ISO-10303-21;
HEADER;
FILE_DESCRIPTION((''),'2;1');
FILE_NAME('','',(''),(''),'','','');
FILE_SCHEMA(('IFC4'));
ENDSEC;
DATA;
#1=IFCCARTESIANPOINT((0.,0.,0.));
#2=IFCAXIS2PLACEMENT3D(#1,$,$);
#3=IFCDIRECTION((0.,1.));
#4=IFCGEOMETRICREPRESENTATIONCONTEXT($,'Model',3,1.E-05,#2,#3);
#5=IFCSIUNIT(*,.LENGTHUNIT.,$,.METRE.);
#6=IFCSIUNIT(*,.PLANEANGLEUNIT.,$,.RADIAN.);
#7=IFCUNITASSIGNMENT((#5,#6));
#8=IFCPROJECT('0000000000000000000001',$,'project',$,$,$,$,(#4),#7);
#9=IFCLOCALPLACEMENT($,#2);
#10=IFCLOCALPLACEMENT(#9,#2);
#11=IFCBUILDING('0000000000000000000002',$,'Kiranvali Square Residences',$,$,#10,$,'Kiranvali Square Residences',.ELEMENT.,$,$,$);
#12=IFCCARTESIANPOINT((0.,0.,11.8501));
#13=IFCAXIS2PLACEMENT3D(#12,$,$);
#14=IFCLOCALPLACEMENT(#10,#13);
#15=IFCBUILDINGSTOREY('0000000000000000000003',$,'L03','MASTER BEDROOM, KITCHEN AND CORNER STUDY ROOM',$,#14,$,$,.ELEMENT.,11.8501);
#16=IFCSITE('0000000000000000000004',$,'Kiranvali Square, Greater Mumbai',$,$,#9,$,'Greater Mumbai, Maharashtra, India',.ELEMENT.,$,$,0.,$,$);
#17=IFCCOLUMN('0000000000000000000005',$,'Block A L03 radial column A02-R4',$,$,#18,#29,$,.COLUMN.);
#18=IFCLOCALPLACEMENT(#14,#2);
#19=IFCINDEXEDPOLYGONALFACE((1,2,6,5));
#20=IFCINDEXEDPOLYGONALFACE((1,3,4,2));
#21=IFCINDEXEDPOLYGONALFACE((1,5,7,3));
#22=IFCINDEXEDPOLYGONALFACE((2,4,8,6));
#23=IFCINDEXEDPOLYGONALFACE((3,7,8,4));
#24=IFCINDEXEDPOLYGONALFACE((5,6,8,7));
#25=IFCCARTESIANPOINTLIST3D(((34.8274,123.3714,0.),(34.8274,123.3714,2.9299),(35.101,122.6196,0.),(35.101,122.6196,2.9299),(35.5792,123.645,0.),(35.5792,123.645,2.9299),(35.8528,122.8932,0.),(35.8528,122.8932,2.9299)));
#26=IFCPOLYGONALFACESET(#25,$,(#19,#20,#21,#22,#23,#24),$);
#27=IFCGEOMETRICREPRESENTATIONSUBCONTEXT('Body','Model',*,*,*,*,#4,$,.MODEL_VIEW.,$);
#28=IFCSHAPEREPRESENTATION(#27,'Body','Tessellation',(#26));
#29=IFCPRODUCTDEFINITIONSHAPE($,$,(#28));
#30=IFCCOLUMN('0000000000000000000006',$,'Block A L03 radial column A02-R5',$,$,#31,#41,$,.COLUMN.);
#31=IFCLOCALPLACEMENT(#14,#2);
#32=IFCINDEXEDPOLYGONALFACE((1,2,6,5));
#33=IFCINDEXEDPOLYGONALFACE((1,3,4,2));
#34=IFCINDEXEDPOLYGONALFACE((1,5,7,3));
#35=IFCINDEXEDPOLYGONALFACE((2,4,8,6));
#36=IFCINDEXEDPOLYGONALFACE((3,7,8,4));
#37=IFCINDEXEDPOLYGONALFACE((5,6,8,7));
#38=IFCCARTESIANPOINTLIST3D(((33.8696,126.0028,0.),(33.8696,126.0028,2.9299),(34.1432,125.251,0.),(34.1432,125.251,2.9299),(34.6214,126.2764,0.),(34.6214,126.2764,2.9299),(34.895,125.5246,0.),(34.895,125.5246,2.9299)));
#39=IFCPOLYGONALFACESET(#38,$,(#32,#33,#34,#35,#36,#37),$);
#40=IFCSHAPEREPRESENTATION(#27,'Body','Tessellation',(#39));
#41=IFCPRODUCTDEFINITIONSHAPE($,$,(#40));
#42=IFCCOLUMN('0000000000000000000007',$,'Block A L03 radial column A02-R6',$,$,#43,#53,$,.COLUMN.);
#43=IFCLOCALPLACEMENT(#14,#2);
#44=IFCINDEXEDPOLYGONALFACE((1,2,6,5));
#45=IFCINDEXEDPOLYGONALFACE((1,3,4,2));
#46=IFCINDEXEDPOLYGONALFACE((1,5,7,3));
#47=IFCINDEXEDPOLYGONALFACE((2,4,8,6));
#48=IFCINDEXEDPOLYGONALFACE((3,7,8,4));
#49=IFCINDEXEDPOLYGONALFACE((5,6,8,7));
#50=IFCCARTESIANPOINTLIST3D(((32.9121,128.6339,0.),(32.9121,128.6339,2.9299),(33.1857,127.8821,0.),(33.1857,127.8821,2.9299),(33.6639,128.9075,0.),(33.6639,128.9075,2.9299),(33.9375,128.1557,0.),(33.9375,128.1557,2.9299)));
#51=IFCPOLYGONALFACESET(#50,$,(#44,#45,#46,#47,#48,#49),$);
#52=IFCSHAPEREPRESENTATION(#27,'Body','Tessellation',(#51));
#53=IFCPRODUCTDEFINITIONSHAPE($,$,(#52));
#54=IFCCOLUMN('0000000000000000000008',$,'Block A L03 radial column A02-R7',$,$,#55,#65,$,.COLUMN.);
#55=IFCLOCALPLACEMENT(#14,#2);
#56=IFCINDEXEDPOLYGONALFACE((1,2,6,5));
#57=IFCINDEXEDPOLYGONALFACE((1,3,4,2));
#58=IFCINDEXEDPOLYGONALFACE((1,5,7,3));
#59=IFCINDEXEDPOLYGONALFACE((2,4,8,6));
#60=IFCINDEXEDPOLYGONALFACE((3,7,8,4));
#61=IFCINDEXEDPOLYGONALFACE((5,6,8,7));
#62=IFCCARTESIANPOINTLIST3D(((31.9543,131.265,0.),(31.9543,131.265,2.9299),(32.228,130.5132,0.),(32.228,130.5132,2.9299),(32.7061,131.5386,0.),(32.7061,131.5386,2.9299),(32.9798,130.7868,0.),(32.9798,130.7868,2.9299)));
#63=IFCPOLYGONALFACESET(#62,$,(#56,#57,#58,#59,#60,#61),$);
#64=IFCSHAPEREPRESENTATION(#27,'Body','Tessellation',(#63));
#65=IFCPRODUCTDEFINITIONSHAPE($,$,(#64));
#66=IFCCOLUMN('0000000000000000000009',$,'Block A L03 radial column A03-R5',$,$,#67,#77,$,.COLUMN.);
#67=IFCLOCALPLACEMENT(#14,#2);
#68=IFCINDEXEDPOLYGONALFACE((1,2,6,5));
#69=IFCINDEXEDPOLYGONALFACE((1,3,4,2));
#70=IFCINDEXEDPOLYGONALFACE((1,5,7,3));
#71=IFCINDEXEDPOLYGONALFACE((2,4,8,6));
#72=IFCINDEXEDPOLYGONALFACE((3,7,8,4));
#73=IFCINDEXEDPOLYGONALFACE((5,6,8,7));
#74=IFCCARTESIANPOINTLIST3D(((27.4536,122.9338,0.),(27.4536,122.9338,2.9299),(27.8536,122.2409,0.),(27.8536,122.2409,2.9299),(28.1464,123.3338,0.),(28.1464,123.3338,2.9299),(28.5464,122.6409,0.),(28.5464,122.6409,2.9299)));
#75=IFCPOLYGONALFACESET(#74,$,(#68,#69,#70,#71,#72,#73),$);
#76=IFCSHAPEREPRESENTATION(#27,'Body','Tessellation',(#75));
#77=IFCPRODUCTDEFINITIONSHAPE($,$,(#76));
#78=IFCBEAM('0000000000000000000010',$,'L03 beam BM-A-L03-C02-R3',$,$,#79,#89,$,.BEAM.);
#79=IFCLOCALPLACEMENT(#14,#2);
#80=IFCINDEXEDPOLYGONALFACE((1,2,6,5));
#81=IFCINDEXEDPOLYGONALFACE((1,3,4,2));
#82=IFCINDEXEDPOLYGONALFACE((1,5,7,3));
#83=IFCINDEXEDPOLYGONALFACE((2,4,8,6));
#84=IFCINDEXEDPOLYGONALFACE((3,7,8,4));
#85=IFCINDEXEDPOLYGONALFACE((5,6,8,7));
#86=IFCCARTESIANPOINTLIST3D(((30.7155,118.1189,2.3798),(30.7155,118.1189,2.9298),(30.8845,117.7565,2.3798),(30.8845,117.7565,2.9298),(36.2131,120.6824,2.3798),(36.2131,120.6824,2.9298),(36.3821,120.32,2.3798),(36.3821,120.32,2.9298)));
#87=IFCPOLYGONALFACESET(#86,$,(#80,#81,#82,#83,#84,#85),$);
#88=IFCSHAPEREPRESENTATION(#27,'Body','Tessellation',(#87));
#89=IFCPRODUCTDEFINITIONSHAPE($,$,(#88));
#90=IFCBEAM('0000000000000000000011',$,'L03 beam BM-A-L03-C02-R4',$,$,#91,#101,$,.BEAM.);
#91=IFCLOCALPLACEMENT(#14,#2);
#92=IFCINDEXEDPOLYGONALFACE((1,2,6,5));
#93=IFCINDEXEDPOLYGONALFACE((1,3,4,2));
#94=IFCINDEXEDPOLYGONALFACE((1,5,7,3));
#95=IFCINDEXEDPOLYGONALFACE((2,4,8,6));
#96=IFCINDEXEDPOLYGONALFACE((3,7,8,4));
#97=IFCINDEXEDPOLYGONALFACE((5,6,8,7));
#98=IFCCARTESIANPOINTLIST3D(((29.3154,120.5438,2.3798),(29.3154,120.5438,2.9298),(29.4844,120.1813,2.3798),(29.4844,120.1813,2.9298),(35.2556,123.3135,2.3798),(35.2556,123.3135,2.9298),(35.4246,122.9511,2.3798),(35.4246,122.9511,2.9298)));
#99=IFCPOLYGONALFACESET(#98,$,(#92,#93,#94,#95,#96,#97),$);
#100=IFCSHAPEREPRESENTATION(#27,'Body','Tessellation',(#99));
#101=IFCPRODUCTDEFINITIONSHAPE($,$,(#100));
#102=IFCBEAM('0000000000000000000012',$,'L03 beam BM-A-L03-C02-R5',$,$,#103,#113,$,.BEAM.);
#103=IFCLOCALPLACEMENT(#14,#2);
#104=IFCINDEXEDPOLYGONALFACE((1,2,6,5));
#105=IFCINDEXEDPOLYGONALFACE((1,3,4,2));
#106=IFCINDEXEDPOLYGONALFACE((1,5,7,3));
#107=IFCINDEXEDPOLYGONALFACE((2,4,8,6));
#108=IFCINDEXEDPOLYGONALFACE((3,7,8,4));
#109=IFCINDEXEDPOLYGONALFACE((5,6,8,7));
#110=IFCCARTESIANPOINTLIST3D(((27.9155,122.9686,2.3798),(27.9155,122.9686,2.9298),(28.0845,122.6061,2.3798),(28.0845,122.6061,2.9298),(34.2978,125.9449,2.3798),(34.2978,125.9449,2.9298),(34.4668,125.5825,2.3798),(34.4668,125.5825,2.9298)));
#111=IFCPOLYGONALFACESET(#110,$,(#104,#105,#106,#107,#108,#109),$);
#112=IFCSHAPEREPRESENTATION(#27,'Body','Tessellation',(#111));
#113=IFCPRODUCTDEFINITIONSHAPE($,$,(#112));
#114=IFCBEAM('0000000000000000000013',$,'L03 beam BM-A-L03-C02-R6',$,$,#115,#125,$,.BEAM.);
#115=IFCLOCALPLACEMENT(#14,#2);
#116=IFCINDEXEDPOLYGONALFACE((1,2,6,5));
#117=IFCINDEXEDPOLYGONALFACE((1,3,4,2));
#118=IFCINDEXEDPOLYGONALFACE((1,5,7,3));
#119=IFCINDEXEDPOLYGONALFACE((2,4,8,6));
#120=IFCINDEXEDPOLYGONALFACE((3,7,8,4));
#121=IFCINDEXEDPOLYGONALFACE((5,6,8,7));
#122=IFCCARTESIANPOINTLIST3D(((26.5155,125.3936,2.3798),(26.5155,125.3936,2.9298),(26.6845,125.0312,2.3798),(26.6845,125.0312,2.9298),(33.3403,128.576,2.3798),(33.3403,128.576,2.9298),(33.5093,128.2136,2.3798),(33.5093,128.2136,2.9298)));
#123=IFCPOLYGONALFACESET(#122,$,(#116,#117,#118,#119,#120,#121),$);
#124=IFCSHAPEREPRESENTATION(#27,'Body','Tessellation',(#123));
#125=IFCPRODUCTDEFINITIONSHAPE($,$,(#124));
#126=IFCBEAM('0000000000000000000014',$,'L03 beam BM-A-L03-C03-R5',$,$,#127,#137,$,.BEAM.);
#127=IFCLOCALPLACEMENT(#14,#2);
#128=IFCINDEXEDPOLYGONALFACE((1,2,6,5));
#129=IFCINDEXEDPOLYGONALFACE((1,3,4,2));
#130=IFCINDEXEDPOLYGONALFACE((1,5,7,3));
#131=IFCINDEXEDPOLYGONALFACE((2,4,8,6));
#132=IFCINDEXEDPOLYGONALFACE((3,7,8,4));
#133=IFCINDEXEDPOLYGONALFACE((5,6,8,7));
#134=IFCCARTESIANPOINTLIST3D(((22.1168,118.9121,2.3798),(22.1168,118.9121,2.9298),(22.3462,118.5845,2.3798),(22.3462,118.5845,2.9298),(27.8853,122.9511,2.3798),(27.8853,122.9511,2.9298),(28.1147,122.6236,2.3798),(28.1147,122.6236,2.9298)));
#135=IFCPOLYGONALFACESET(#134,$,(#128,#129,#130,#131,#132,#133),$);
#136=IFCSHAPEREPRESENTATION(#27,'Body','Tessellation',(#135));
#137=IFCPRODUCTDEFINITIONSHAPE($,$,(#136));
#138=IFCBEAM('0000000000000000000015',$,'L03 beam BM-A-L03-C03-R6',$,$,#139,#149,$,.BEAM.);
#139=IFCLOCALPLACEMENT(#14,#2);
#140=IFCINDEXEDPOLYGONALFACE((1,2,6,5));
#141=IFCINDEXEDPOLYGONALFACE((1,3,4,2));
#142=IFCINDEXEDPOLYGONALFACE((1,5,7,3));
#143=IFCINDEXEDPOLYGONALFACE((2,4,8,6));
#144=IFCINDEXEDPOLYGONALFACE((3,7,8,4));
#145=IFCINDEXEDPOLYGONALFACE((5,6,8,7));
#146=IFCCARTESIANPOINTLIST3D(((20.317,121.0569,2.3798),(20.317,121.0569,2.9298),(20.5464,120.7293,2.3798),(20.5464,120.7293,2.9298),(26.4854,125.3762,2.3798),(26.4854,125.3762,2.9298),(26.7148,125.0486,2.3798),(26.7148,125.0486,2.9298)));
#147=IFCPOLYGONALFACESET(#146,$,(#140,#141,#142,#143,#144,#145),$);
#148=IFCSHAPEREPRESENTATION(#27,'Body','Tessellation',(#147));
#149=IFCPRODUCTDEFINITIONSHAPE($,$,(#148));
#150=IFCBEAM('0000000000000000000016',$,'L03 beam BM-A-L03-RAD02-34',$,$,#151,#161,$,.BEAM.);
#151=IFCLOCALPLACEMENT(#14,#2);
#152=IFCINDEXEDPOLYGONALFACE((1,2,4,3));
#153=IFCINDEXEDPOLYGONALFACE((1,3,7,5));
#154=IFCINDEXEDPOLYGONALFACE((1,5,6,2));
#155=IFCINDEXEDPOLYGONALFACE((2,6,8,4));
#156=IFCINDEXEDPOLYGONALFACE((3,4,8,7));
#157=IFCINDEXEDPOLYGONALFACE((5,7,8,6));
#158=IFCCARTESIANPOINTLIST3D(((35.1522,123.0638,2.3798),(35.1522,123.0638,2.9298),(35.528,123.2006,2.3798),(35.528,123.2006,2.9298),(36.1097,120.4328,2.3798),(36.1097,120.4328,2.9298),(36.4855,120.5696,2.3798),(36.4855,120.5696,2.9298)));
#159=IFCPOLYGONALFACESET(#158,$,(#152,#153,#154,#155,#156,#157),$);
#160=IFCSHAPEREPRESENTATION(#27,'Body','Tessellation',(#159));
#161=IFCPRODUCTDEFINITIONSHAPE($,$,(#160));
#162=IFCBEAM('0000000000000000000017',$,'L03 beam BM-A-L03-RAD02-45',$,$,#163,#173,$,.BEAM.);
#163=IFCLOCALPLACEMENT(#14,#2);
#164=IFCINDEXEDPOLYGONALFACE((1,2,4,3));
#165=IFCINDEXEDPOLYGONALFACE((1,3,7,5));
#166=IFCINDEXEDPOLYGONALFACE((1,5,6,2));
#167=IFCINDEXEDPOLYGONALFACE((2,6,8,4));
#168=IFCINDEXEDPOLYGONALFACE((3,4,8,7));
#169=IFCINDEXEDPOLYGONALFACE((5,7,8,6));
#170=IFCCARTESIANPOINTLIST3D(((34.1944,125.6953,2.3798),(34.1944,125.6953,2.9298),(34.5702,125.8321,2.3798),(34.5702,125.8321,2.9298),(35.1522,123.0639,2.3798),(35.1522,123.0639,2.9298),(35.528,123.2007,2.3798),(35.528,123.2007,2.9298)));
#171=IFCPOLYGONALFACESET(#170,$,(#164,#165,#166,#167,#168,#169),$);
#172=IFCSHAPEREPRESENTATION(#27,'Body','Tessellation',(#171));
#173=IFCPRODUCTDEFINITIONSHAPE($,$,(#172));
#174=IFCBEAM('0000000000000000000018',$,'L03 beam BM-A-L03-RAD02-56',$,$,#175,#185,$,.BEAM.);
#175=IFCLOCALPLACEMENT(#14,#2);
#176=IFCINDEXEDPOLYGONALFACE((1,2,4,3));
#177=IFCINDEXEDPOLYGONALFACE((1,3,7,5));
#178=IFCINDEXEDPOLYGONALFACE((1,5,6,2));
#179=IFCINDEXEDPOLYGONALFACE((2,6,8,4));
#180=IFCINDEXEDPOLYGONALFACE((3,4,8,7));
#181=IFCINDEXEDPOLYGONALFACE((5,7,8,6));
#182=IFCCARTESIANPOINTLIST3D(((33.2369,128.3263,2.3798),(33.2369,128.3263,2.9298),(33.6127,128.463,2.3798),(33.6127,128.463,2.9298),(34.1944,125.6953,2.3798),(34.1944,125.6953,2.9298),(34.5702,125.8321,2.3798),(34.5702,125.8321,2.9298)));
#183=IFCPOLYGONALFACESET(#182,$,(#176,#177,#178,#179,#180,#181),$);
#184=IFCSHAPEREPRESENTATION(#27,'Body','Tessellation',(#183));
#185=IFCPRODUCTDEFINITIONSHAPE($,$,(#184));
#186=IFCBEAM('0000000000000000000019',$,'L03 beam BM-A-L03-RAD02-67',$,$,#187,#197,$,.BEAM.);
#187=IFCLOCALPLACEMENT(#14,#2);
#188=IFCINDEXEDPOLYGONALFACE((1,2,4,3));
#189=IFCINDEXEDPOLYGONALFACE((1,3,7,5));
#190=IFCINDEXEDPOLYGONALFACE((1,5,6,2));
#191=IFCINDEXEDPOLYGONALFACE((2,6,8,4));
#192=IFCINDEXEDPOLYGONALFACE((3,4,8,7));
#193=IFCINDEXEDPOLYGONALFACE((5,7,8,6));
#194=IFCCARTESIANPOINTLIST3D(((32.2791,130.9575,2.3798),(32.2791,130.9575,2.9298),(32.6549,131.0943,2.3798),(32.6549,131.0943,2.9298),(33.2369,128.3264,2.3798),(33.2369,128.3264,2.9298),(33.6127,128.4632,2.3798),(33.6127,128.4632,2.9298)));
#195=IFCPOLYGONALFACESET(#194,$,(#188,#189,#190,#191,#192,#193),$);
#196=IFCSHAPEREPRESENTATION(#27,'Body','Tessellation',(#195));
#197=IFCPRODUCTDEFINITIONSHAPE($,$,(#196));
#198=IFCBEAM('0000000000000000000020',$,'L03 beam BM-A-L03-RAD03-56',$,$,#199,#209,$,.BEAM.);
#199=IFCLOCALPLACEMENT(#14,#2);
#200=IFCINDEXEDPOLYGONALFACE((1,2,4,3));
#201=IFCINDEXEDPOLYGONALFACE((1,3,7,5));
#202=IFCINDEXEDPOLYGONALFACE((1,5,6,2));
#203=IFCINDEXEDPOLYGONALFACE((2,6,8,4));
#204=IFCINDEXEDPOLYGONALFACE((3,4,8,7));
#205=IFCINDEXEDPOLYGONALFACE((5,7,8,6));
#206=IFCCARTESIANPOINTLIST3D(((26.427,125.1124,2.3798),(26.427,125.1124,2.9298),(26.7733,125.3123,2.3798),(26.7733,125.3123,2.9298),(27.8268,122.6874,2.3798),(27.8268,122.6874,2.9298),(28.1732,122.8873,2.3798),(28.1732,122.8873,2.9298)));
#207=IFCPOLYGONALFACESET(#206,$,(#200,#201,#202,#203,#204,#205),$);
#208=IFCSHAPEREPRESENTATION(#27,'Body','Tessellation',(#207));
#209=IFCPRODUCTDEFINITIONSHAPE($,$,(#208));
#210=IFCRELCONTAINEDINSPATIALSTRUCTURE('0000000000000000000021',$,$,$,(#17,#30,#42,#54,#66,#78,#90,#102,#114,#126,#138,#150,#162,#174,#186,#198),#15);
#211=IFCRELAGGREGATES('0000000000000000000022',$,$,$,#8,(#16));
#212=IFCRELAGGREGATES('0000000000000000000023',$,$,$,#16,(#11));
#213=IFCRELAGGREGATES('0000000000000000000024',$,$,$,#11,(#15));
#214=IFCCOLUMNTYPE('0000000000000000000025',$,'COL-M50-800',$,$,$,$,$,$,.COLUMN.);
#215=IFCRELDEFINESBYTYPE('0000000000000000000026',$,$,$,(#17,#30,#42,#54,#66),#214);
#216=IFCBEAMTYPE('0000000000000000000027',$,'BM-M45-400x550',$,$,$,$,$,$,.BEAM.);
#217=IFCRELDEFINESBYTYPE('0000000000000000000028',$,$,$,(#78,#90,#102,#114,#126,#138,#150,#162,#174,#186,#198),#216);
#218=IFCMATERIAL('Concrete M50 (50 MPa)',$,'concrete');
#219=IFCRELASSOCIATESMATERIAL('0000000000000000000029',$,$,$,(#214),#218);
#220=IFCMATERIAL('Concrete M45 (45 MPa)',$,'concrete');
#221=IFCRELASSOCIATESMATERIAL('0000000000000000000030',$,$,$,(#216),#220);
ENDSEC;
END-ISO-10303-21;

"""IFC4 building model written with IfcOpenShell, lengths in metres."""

from ifc_helpers import new_model, si_unit, direction, frame, origin, origin_2d, place, context, subcontext, project, spatial, rectangle, extrude, material, material_profile, profile_set, type_object, element, save


model = new_model("IFC4")

# Units and contexts
model_context = context("Model", 3, precision=1e-05, world=origin(), true_north=direction((0.0, 1.0)))
body_context = subcontext(model_context, "Body", "Model", "MODEL_VIEW")
ifc_project = project(units=[si_unit("LENGTHUNIT", "METRE"), si_unit("PLANEANGLEUNIT", "RADIAN")], contexts=[model_context])

# Site, building, storey
site_placement = place(None, origin())
site = spatial("IfcSite", under=ifc_project, at=site_placement, Name="Kiranvali Square, Greater Mumbai", LongName="Greater Mumbai, Maharashtra, India", CompositionType="ELEMENT", RefElevation=0.0)
building_placement = place(site_placement, origin())
building = spatial("IfcBuilding", under=site, at=building_placement, Name="Kiranvali Square Residences", LongName="Kiranvali Square Residences", CompositionType="ELEMENT")
storey_placement = place(building_placement, frame((0.0, 0.0, 11.8501)))
storey = spatial("IfcBuildingStorey", under=building, at=storey_placement, Name="L03", Description="MASTER BEDROOM, KITCHEN AND CORNER STUDY ROOM", CompositionType="ELEMENT", Elevation=11.8501)

# Columns
ifc_material_1 = material(Name="Concrete M50 (50 MPa)", Category="concrete")
ifc_material_profile_1 = material_profile(ifc_material_1, rectangle(XDim=0.8, YDim=0.8, at=origin_2d()), Name="RC 800x800")
ifc_profile_set_1 = profile_set([ifc_material_profile_1], Name="Concrete M50 (50 MPa)")
column_type = type_object("IfcColumnType", Name="COL-M50-800", PredefinedType="COLUMN", material=ifc_profile_set_1)
for number, where, z_axis, x_axis, name in (
    (1, (35.3401, 123.1323, 0.0), (0.0, 0.0, 1.0), (0.939693, 0.34202, 0.0), "Block A L03 radial column A02-R4"),
    (2, (34.3823, 125.7637, 0.0), (0.0, 0.0, 1.0), (0.939693, 0.34202, 0.0), "Block A L03 radial column A02-R5"),
    (3, (33.4248, 128.3948, 0.0), (0.0, 0.0, 1.0), (0.939693, 0.34202, 0.0), "Block A L03 radial column A02-R6"),
    (4, (32.467, 131.0259, 0.0), (0.0, 0.0, 1.0), (0.939693, 0.34202, 0.0), "Block A L03 radial column A02-R7"),
    (5, (28.0, 122.7874, 0.0), (0.0, 0.0, 1.0), (0.866025, 0.5, 0.0), "Block A L03 radial column A03-R5"),
):
    element("IfcColumn", number, at=place(storey_placement, frame(where, z_axis=z_axis, x_axis=x_axis)), inside=storey, type_object=column_type, Name=name, PredefinedType="COLUMN", context=body_context, shape_type="SweptSolid", body=[
        extrude(rectangle(XDim=0.8, YDim=0.8, at=origin_2d()), origin(), (0.0, 0.0, 1.0), 2.9299),
    ])

# Beams
ifc_material_2 = material(Name="Concrete M45 (45 MPa)", Category="concrete")
ifc_material_profile_2 = material_profile(ifc_material_2, rectangle(XDim=0.3999, YDim=0.55, at=origin_2d()), Name="RC 400x550")
ifc_profile_set_2 = profile_set([ifc_material_profile_2], Name="Concrete M45 (45 MPa)")
beam_type_1 = type_object("IfcBeamType", Name="BM-M45-400x550", PredefinedType="BEAM", material=ifc_profile_set_2)
beam_1_placement = place(storey_placement, frame((36.2976, 120.5012, 2.6548), z_axis=(-0.906313, -0.422608, 0.0), x_axis=(0.422608, -0.906313, 0.0)))
element("IfcBeam", 6, at=beam_1_placement, inside=storey, type_object=beam_type_1, Name="L03 beam BM-A-L03-C02-R3", PredefinedType="BEAM", context=body_context, shape_type="SweptSolid", body=[
    extrude(rectangle(XDim=0.3999, YDim=0.55, at=origin_2d()), origin(), (0.0, 0.0, 1.0), 6.0659),
])
beam_2_placement = place(storey_placement, frame((35.3401, 123.1323, 2.6548), z_axis=(-0.906318, -0.422596, 0.0), x_axis=(0.422596, -0.906318, 0.0)))
element("IfcBeam", 7, at=beam_2_placement, inside=storey, type_object=beam_type_1, Name="L03 beam BM-A-L03-C02-R4", PredefinedType="BEAM", context=body_context, shape_type="SweptSolid", body=[
    extrude(rectangle(XDim=0.3999, YDim=0.55, at=origin_2d()), origin(), (0.0, 0.0, 1.0), 6.5542),
])
beam_3_placement = place(storey_placement, frame((34.3823, 125.7637, 2.6548), z_axis=(-0.906297, -0.422641, 0.0), x_axis=(0.422641, -0.906297, 0.0)))
element("IfcBeam", 8, at=beam_3_placement, inside=storey, type_object=beam_type_1, Name="L03 beam BM-A-L03-C02-R5", PredefinedType="BEAM", context=body_context, shape_type="SweptSolid", body=[
    extrude(rectangle(XDim=0.3999, YDim=0.55, at=origin_2d()), origin(), (0.0, 0.0, 1.0), 7.0422),
])
beam_4_placement = place(storey_placement, frame((33.4248, 128.3948, 2.6548), z_axis=(-0.90631, -0.422614, 0.0), x_axis=(0.422614, -0.90631, 0.0)))
element("IfcBeam", 9, at=beam_4_placement, inside=storey, type_object=beam_type_1, Name="L03 beam BM-A-L03-C02-R6", PredefinedType="BEAM", context=body_context, shape_type="SweptSolid", body=[
    extrude(rectangle(XDim=0.3999, YDim=0.55, at=origin_2d()), origin(), (0.0, 0.0, 1.0), 7.5303),
])
beam_5_placement = place(storey_placement, frame((28.0, 122.7874, 2.6548), z_axis=(-0.81916, -0.573565, 0.0), x_axis=(0.573565, -0.81916, 0.0)))
element("IfcBeam", 10, at=beam_5_placement, inside=storey, type_object=beam_type_1, Name="L03 beam BM-A-L03-C03-R5", PredefinedType="BEAM", context=body_context, shape_type="SweptSolid", body=[
    extrude(rectangle(XDim=0.3999, YDim=0.55, at=origin_2d()), origin(), (0.0, 0.0, 1.0), 7.042),
])
beam_6_placement = place(storey_placement, frame((26.6001, 125.2124, 2.6548), z_axis=(-0.819144, -0.573589, 0.0), x_axis=(0.573589, -0.819144, 0.0)))
element("IfcBeam", 11, at=beam_6_placement, inside=storey, type_object=beam_type_1, Name="L03 beam BM-A-L03-C03-R6", PredefinedType="BEAM", context=body_context, shape_type="SweptSolid", body=[
    extrude(rectangle(XDim=0.3999, YDim=0.55, at=origin_2d()), origin(), (0.0, 0.0, 1.0), 7.5303),
])
beam_7_placement = place(storey_placement, frame((36.2976, 120.5012, 2.6548), z_axis=(-0.341981, 0.939707, 0.0), x_axis=(-0.939707, -0.341981, 0.0)))
element("IfcBeam", 12, at=beam_7_placement, inside=storey, type_object=beam_type_1, Name="L03 beam BM-A-L03-RAD02-34", PredefinedType="BEAM", context=body_context, shape_type="SweptSolid", body=[
    extrude(rectangle(XDim=0.3999, YDim=0.55, at=origin_2d()), origin(), (0.0, 0.0, 1.0), 2.7998),
])
beam_8_placement = place(storey_placement, frame((35.3401, 123.1323, 2.6548), z_axis=(-0.34203, 0.939689, 0.0), x_axis=(-0.939689, -0.34203, 0.0)))
element("IfcBeam", 13, at=beam_8_placement, inside=storey, type_object=beam_type_1, Name="L03 beam BM-A-L03-RAD02-45", PredefinedType="BEAM", context=body_context, shape_type="SweptSolid", body=[
    extrude(rectangle(XDim=0.3999, YDim=0.55, at=origin_2d()), origin(), (0.0, 0.0, 1.0), 2.8003),
])
beam_9_placement = place(storey_placement, frame((34.3823, 125.7637, 2.6548), z_axis=(-0.341981, 0.939707, 0.0), x_axis=(-0.939707, -0.341981, 0.0)))
element("IfcBeam", 14, at=beam_9_placement, inside=storey, type_object=beam_type_1, Name="L03 beam BM-A-L03-RAD02-56", PredefinedType="BEAM", context=body_context, shape_type="SweptSolid", body=[
    extrude(rectangle(XDim=0.3999, YDim=0.55, at=origin_2d()), origin(), (0.0, 0.0, 1.0), 2.7998),
])
for number, where, z_axis, x_axis, name in (
    (15, (33.4248, 128.3948, 2.6548), (-0.342058, 0.939679, 0.0), (-0.939679, -0.342058, 0.0), "L03 beam BM-A-L03-RAD02-67"),
    (16, (28.0, 122.7874, 2.6548), (-0.499946, 0.866056, 0.0), (-0.866056, -0.499946, 0.0), "L03 beam BM-A-L03-RAD03-56"),
):
    element("IfcBeam", number, at=place(storey_placement, frame(where, z_axis=z_axis, x_axis=x_axis)), inside=storey, type_object=beam_type_1, Name=name, PredefinedType="BEAM", context=body_context, shape_type="SweptSolid", body=[
        extrude(rectangle(XDim=0.3999, YDim=0.55, at=origin_2d()), origin(), (0.0, 0.0, 1.0), 2.8),
    ])

save(model, "model.ifc")
